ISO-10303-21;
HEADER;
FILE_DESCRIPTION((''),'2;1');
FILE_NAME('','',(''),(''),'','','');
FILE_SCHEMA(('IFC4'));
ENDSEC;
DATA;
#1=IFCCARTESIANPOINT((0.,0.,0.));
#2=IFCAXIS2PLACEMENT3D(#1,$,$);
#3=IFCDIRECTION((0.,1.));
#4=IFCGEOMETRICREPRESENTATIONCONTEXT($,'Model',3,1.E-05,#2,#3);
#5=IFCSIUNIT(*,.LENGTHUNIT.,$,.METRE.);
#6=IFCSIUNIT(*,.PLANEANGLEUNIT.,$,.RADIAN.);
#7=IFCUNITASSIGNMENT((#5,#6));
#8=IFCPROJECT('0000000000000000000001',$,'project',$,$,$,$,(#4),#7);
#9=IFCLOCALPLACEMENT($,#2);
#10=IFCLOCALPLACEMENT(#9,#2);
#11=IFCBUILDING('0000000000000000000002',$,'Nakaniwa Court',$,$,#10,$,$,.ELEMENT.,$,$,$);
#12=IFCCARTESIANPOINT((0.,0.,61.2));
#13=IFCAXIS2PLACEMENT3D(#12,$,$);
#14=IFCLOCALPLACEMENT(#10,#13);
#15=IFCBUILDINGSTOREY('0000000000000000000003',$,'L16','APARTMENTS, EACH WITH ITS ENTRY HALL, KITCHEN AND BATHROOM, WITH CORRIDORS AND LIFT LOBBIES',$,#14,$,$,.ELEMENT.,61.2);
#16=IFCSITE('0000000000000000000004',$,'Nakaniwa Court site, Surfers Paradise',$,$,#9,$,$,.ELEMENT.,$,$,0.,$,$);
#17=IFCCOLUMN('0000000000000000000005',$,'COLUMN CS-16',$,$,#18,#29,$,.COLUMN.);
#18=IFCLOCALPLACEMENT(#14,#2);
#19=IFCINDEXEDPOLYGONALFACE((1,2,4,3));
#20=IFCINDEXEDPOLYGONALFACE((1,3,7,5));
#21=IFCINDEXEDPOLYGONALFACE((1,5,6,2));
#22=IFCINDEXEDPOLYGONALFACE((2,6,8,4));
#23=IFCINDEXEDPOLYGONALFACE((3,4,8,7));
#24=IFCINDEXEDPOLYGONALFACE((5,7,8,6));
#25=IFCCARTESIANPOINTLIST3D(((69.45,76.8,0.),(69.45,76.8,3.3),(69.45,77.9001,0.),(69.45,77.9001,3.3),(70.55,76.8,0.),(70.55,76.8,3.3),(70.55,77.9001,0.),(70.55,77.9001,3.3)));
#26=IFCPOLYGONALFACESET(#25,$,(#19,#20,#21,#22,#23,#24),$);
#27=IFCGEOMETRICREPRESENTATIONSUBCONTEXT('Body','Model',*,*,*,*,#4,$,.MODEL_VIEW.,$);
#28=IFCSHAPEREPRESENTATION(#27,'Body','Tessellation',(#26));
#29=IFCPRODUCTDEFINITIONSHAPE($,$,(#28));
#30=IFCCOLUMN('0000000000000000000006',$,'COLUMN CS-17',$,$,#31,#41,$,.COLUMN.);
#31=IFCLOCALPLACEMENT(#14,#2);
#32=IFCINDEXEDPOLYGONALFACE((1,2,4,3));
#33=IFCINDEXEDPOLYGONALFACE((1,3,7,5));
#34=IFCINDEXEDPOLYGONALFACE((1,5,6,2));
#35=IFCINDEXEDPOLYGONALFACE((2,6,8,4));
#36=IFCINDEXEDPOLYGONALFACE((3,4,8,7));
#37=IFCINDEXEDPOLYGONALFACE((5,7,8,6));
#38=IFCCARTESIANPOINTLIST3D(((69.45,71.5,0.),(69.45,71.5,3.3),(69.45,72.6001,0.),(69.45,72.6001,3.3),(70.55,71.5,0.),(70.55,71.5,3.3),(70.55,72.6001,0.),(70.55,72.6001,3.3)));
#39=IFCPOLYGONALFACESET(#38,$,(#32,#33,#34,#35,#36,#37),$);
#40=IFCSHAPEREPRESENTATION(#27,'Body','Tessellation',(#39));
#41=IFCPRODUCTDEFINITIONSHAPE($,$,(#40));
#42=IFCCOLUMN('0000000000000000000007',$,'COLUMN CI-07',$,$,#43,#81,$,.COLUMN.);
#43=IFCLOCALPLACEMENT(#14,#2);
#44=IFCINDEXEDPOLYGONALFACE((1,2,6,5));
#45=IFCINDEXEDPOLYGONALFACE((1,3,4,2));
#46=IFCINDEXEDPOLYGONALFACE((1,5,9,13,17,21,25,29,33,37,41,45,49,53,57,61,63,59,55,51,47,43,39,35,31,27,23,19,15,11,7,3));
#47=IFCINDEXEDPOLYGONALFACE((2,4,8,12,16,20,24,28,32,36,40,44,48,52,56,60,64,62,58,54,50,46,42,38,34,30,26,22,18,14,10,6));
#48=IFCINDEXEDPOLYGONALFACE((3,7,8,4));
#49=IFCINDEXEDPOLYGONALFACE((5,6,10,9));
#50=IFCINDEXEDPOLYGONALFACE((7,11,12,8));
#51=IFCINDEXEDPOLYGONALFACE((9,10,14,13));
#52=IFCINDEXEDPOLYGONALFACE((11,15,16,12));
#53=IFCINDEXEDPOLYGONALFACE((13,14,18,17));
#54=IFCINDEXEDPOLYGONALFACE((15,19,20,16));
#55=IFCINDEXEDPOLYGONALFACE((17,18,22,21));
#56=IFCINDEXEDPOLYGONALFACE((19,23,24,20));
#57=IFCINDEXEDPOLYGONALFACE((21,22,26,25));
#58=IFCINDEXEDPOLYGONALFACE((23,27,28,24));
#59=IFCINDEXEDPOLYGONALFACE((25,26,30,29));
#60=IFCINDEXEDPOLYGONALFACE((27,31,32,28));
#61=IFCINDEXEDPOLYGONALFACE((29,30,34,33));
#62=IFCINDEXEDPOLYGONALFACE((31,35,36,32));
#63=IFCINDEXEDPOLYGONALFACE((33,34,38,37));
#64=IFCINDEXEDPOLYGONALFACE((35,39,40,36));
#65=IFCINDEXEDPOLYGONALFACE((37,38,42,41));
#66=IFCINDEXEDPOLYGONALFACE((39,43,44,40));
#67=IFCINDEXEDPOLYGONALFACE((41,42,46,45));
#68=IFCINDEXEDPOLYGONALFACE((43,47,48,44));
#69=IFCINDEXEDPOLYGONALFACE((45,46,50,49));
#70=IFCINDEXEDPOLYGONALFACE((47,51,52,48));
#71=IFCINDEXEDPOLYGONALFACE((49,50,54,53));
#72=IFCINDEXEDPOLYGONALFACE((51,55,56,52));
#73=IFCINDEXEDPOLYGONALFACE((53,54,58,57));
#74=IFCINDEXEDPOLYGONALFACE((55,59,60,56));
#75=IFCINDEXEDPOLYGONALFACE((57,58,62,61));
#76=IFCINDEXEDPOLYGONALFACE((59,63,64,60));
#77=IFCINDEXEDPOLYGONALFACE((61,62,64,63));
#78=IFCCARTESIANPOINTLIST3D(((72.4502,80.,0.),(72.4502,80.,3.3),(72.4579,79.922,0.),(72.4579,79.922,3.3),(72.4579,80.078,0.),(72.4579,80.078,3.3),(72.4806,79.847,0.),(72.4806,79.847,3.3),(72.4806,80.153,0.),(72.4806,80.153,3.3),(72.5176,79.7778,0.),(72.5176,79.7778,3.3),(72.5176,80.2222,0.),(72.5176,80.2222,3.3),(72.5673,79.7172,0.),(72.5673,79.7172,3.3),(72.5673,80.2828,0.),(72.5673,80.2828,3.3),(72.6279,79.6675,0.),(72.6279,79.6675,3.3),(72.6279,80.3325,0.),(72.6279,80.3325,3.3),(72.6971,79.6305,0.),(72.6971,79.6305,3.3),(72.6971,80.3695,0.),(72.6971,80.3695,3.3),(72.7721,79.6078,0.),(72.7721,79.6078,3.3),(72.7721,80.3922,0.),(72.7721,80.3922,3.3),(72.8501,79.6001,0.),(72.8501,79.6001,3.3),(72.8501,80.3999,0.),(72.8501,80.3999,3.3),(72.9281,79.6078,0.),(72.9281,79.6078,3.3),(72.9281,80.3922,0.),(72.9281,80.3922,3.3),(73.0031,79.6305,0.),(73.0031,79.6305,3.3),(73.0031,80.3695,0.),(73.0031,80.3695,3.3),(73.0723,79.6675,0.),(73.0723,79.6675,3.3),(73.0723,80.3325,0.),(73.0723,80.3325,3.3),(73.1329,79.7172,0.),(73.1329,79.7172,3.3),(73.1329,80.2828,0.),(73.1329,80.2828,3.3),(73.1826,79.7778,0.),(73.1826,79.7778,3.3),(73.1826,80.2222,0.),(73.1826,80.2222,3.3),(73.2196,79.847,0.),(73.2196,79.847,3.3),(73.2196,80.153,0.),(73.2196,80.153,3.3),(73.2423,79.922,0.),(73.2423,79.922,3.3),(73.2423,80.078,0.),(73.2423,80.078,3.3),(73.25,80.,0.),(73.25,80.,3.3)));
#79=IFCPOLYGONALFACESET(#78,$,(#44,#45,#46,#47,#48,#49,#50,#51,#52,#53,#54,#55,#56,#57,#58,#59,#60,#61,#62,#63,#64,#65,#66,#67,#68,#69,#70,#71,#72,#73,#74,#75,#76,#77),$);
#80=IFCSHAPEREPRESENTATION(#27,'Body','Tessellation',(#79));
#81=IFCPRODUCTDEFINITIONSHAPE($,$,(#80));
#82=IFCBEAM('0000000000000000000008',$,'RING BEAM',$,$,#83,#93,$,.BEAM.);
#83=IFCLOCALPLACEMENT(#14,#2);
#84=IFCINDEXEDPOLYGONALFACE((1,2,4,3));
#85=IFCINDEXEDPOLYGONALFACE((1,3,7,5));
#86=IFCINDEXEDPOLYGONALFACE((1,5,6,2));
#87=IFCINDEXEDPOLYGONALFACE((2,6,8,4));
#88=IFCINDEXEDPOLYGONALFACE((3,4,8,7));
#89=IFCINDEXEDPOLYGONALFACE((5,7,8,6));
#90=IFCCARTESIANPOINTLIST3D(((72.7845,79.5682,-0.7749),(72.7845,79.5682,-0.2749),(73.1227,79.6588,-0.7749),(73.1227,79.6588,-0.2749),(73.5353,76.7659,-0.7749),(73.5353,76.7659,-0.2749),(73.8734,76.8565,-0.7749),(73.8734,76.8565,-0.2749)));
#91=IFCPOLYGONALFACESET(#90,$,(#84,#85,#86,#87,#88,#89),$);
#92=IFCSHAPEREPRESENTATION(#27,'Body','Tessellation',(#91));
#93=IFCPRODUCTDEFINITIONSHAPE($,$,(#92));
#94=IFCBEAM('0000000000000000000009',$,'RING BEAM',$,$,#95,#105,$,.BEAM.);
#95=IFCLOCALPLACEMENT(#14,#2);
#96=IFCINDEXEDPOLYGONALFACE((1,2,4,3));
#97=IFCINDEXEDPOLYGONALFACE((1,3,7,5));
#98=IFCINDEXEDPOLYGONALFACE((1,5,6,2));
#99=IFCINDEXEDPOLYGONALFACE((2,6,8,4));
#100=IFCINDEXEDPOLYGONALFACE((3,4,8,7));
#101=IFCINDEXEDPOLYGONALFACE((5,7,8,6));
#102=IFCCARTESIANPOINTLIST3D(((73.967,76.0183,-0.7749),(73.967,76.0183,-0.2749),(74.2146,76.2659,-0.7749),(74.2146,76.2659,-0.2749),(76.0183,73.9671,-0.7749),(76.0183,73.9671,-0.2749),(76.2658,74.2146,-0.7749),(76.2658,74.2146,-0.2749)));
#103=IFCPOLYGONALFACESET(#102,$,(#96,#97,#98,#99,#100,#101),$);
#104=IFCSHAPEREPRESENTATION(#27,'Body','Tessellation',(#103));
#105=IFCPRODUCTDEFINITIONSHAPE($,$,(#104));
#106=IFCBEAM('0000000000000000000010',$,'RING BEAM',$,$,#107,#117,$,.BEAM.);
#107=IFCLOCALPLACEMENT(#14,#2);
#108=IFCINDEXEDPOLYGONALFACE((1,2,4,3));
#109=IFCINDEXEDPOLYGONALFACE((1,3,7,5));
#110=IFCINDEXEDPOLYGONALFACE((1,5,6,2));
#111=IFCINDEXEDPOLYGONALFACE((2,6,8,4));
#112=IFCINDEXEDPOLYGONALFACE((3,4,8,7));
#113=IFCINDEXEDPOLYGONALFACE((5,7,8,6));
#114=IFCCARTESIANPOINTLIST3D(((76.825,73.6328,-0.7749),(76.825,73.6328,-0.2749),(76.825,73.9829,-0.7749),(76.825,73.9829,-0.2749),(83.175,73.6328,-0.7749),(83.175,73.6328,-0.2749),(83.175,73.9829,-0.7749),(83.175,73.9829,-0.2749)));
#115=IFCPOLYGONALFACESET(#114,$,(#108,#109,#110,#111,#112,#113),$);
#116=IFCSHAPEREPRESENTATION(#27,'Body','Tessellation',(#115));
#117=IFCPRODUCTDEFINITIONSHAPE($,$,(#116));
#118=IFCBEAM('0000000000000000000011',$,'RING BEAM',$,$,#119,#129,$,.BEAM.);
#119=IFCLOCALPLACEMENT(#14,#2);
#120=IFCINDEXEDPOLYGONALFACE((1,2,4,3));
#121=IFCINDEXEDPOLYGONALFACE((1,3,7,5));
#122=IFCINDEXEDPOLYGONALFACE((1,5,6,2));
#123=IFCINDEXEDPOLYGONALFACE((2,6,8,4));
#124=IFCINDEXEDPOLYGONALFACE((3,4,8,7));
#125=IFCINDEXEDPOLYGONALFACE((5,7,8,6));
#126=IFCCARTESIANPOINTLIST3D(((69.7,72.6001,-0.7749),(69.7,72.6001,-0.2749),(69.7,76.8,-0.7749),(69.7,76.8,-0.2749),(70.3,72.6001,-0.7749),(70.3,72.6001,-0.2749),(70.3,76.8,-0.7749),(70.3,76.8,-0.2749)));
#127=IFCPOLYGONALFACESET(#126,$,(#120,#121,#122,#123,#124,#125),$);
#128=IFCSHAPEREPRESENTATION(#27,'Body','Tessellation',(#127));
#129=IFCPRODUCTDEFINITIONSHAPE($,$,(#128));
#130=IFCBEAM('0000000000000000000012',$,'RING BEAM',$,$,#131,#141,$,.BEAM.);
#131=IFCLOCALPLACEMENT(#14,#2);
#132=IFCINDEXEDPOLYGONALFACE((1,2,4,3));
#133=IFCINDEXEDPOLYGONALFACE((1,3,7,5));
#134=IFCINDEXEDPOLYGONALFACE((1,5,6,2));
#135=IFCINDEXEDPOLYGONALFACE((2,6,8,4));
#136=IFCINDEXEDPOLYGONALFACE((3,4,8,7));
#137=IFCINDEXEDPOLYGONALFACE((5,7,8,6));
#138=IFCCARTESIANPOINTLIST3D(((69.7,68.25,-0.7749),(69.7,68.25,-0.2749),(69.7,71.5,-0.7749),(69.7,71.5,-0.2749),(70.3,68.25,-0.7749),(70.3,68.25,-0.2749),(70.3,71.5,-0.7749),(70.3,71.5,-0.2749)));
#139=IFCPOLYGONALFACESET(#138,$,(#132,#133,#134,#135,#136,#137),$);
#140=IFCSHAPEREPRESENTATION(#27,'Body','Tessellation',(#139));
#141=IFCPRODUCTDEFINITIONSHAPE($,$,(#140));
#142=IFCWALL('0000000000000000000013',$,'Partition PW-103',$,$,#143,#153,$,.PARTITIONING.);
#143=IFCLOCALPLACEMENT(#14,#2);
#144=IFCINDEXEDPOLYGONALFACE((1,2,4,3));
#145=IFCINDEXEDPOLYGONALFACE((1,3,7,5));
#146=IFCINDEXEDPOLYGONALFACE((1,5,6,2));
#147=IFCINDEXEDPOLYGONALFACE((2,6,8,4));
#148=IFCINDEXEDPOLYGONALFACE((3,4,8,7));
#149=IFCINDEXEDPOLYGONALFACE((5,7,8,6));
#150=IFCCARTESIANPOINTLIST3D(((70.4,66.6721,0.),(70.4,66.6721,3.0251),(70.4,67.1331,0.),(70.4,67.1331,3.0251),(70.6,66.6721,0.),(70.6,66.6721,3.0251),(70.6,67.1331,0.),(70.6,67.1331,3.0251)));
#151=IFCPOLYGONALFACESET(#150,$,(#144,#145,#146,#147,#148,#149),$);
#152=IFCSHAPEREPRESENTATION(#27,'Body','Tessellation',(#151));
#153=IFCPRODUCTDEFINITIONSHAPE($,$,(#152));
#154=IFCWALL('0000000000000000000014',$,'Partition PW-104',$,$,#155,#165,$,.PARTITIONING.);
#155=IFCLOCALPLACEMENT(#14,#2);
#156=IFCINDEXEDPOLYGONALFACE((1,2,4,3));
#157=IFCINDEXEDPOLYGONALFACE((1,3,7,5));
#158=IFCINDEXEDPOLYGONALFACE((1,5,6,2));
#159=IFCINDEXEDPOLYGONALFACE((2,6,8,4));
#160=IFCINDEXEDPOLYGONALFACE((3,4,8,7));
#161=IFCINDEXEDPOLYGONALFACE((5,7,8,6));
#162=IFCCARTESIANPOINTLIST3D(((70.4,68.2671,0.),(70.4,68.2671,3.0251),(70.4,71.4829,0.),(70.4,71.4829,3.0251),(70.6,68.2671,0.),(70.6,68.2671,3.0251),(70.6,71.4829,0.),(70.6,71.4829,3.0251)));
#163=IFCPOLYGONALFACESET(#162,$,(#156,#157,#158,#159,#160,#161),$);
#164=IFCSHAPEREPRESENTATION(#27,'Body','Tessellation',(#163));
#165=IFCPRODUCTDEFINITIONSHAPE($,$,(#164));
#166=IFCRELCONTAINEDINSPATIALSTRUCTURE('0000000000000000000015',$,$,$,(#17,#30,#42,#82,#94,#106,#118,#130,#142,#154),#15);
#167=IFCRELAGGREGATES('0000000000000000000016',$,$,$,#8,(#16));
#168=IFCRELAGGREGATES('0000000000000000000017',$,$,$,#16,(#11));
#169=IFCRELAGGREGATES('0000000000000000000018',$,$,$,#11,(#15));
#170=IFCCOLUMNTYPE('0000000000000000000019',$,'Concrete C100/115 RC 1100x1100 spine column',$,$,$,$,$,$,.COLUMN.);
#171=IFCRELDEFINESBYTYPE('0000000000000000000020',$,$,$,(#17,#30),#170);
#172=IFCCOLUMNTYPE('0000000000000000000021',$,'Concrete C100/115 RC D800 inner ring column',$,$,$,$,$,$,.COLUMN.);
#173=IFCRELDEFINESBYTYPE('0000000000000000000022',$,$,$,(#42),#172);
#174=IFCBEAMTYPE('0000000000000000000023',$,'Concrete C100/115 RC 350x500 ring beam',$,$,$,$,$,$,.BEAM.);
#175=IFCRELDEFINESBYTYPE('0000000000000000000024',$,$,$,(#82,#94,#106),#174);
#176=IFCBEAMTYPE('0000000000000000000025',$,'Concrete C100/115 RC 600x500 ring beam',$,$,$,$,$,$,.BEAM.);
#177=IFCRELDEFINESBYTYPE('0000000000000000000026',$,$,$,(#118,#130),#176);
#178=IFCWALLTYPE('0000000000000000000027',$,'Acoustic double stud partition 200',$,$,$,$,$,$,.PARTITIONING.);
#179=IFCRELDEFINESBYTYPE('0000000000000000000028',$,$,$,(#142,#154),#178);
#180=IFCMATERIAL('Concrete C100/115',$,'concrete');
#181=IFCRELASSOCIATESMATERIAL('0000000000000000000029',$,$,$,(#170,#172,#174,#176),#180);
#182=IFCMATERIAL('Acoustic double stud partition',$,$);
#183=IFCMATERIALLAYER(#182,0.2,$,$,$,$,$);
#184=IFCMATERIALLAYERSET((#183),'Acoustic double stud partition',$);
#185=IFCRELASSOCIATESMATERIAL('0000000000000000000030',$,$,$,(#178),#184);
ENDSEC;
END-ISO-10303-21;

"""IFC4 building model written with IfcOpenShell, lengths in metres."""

from ifc_helpers import new_model, si_unit, direction, frame, frame_2d, origin, origin_2d, place, context, subcontext, project, spatial, rectangle, circle, extrude, material, layer, layer_set, material_profile, profile_set, type_object, element, save


model = new_model("IFC4")

# Units and contexts
model_context = context("Model", 3, precision=1e-05, world=origin(), true_north=direction((0.0, 1.0)))
body_context = subcontext(model_context, "Body", "Model", "MODEL_VIEW")
ifc_project = project(units=[si_unit("LENGTHUNIT", "METRE"), si_unit("PLANEANGLEUNIT", "RADIAN")], contexts=[model_context])

# Site, building, storey
site_placement = place(None, origin())
site = spatial("IfcSite", under=ifc_project, at=site_placement, Name="Nakaniwa Court site, Surfers Paradise", CompositionType="ELEMENT", RefElevation=0.0)
building_placement = place(site_placement, origin())
building = spatial("IfcBuilding", under=site, at=building_placement, Name="Nakaniwa Court", CompositionType="ELEMENT")
storey_placement = place(building_placement, frame((0.0, 0.0, 61.2)))
storey = spatial("IfcBuildingStorey", under=building, at=storey_placement, Name="L16", Description="APARTMENTS, EACH WITH ITS ENTRY HALL, KITCHEN AND BATHROOM, WITH CORRIDORS AND LIFT LOBBIES", CompositionType="ELEMENT", Elevation=61.2)

# Columns
ifc_material_1 = material(Name="Concrete C100/115", Category="concrete")
ifc_material_profile_1 = material_profile(ifc_material_1, rectangle(XDim=1.1001, YDim=1.1001, at=origin_2d()), Name="Concrete C100/115 RC 1100x1100 spine column")
ifc_profile_set_1 = profile_set([ifc_material_profile_1], Name="Concrete C100/115")
column_type_1 = type_object("IfcColumnType", Name="Concrete C100/115 RC 1100x1100 spine column", PredefinedType="COLUMN", material=ifc_profile_set_1)
for number, where, z_axis, x_axis, name in (
    (1, (70.0, 77.3501, 0.0), (0.0, 0.0, 1.0), (0.0, -1.0, 0.0), "COLUMN CS-16"),
    (2, (70.0, 72.05, 0.0), (0.0, 0.0, 1.0), (0.0, -1.0, 0.0), "COLUMN CS-17"),
):
    element("IfcColumn", number, at=place(storey_placement, frame(where, z_axis=z_axis, x_axis=x_axis)), inside=storey, type_object=column_type_1, Name=name, PredefinedType="COLUMN", context=body_context, shape_type="SweptSolid", body=[
        extrude(rectangle(XDim=1.1001, YDim=1.1001, at=origin_2d()), origin(), (0.0, 0.0, 1.0), 3.3),
    ])
ifc_material_profile_2 = material_profile(ifc_material_1, circle(Radius=0.3999, at=origin_2d()), Name="Concrete C100/115 RC D800 inner ring column")
ifc_profile_set_2 = profile_set([ifc_material_profile_2], Name="Concrete C100/115")
column_type_2 = type_object("IfcColumnType", Name="Concrete C100/115 RC D800 inner ring column", PredefinedType="COLUMN", material=ifc_profile_set_2)
for number, where, z_axis, x_axis, name in (
    (3, (72.8501, 80.0, 0.0), (0.0, 0.0, 1.0), (0.0, -1.0, 0.0), "COLUMN CI-07"),
):
    element("IfcColumn", number, at=place(storey_placement, frame(where, z_axis=z_axis, x_axis=x_axis)), inside=storey, type_object=column_type_2, Name=name, PredefinedType="COLUMN", context=body_context, shape_type="SweptSolid", body=[
        extrude(circle(Radius=0.3999, at=origin_2d()), origin(), (0.0, 0.0, 1.0), 3.3),
    ])

# Beams
ifc_material_profile_3 = material_profile(ifc_material_1, rectangle(XDim=0.3501, YDim=0.5, at=origin_2d()), Name="Concrete C100/115 RC 350x500 ring beam")
ifc_profile_set_3 = profile_set([ifc_material_profile_3], Name="Concrete C100/115")
beam_type_1 = type_object("IfcBeamType", Name="Concrete C100/115 RC 350x500 ring beam", PredefinedType="BEAM", material=ifc_profile_set_3)
beam_1_placement = place(storey_placement, frame((72.9536, 79.6135, -0.5249), z_axis=(0.258778, -0.965937, 0.0), x_axis=(0.965937, 0.258778, 0.0)))
element("IfcBeam", 4, at=beam_1_placement, inside=storey, type_object=beam_type_1, Name="RING BEAM", PredefinedType="BEAM", context=body_context, shape_type="SweptSolid", body=[
    extrude(rectangle(XDim=0.3501, YDim=0.5, at=origin_2d()), origin(), (0.0, 0.0, 1.0), 2.9011),
])
beam_2_placement = place(storey_placement, frame((74.0908, 76.1421, -0.5249), z_axis=(0.707107, -0.707107, 0.0), x_axis=(0.707107, 0.707107, 0.0)))
element("IfcBeam", 5, at=beam_2_placement, inside=storey, type_object=beam_type_1, Name="RING BEAM", PredefinedType="BEAM", context=body_context, shape_type="SweptSolid", body=[
    extrude(rectangle(XDim=0.3501, YDim=0.5, at=origin_2d()), origin(), (0.0, 0.0, 1.0), 2.9009),
])
beam_3_placement = place(storey_placement, frame((76.825, 73.8079, -0.5249), z_axis=(1.0, 0.0, 0.0), x_axis=(0.0, 1.0, 0.0)))
element("IfcBeam", 6, at=beam_3_placement, inside=storey, type_object=beam_type_1, Name="RING BEAM", PredefinedType="BEAM", context=body_context, shape_type="SweptSolid", body=[
    extrude(rectangle(XDim=0.3501, YDim=0.5, at=origin_2d()), origin(), (0.0, 0.0, 1.0), 6.3501),
])
ifc_material_profile_4 = material_profile(ifc_material_1, rectangle(XDim=0.6001, YDim=0.5, at=origin_2d()), Name="Concrete C100/115 RC 600x500 ring beam")
ifc_profile_set_4 = profile_set([ifc_material_profile_4], Name="Concrete C100/115")
beam_type_2 = type_object("IfcBeamType", Name="Concrete C100/115 RC 600x500 ring beam", PredefinedType="BEAM", material=ifc_profile_set_4)
beam_4_placement = place(storey_placement, frame((70.0, 76.8, -0.5249), z_axis=(0.0, -1.0, 0.0), x_axis=(1.0, 0.0, 0.0)))
element("IfcBeam", 7, at=beam_4_placement, inside=storey, type_object=beam_type_2, Name="RING BEAM", PredefinedType="BEAM", context=body_context, shape_type="SweptSolid", body=[
    extrude(rectangle(XDim=0.6001, YDim=0.5, at=origin_2d()), origin(), (0.0, 0.0, 1.0), 4.2),
])
beam_5_placement = place(storey_placement, frame((70.0, 71.5, -0.5249), z_axis=(0.0, -1.0, 0.0), x_axis=(1.0, 0.0, 0.0)))
element("IfcBeam", 8, at=beam_5_placement, inside=storey, type_object=beam_type_2, Name="RING BEAM", PredefinedType="BEAM", context=body_context, shape_type="SweptSolid", body=[
    extrude(rectangle(XDim=0.6001, YDim=0.5, at=origin_2d()), origin(), (0.0, 0.0, 1.0), 3.25),
])

# Walls
ifc_material_2 = material(Name="Acoustic double stud partition")
ifc_layer_1 = layer(ifc_material_2, 0.2)
ifc_layer_set_1 = layer_set([ifc_layer_1], Name="Acoustic double stud partition")
wall_type_1 = type_object("IfcWallType", Name="Acoustic double stud partition 200", PredefinedType="PARTITIONING", material=ifc_layer_set_1)
wall_1_placement = place(storey_placement, frame((70.5, 66.6721, 0.0), z_axis=(0.0, 0.0, 1.0), x_axis=(0.0, 1.0, 0.0)))
element("IfcWall", 9, at=wall_1_placement, inside=storey, type_object=wall_type_1, Name="Partition PW-103", PredefinedType="PARTITIONING", context=body_context, shape_type="SweptSolid", body=[
    extrude(rectangle(XDim=0.4609, YDim=0.2, at=frame_2d((0.2305, 0.0))), origin(), (0.0, 0.0, 1.0), 3.0251),
])
wall_2_placement = place(storey_placement, frame((70.5, 68.2671, 0.0), z_axis=(0.0, 0.0, 1.0), x_axis=(0.0, 1.0, 0.0)))
element("IfcWall", 10, at=wall_2_placement, inside=storey, type_object=wall_type_1, Name="Partition PW-104", PredefinedType="PARTITIONING", context=body_context, shape_type="SweptSolid", body=[
    extrude(rectangle(XDim=3.2158, YDim=0.2, at=frame_2d((1.6079, 0.0))), origin(), (0.0, 0.0, 1.0), 3.0251),
])

save(model, "model.ifc")
